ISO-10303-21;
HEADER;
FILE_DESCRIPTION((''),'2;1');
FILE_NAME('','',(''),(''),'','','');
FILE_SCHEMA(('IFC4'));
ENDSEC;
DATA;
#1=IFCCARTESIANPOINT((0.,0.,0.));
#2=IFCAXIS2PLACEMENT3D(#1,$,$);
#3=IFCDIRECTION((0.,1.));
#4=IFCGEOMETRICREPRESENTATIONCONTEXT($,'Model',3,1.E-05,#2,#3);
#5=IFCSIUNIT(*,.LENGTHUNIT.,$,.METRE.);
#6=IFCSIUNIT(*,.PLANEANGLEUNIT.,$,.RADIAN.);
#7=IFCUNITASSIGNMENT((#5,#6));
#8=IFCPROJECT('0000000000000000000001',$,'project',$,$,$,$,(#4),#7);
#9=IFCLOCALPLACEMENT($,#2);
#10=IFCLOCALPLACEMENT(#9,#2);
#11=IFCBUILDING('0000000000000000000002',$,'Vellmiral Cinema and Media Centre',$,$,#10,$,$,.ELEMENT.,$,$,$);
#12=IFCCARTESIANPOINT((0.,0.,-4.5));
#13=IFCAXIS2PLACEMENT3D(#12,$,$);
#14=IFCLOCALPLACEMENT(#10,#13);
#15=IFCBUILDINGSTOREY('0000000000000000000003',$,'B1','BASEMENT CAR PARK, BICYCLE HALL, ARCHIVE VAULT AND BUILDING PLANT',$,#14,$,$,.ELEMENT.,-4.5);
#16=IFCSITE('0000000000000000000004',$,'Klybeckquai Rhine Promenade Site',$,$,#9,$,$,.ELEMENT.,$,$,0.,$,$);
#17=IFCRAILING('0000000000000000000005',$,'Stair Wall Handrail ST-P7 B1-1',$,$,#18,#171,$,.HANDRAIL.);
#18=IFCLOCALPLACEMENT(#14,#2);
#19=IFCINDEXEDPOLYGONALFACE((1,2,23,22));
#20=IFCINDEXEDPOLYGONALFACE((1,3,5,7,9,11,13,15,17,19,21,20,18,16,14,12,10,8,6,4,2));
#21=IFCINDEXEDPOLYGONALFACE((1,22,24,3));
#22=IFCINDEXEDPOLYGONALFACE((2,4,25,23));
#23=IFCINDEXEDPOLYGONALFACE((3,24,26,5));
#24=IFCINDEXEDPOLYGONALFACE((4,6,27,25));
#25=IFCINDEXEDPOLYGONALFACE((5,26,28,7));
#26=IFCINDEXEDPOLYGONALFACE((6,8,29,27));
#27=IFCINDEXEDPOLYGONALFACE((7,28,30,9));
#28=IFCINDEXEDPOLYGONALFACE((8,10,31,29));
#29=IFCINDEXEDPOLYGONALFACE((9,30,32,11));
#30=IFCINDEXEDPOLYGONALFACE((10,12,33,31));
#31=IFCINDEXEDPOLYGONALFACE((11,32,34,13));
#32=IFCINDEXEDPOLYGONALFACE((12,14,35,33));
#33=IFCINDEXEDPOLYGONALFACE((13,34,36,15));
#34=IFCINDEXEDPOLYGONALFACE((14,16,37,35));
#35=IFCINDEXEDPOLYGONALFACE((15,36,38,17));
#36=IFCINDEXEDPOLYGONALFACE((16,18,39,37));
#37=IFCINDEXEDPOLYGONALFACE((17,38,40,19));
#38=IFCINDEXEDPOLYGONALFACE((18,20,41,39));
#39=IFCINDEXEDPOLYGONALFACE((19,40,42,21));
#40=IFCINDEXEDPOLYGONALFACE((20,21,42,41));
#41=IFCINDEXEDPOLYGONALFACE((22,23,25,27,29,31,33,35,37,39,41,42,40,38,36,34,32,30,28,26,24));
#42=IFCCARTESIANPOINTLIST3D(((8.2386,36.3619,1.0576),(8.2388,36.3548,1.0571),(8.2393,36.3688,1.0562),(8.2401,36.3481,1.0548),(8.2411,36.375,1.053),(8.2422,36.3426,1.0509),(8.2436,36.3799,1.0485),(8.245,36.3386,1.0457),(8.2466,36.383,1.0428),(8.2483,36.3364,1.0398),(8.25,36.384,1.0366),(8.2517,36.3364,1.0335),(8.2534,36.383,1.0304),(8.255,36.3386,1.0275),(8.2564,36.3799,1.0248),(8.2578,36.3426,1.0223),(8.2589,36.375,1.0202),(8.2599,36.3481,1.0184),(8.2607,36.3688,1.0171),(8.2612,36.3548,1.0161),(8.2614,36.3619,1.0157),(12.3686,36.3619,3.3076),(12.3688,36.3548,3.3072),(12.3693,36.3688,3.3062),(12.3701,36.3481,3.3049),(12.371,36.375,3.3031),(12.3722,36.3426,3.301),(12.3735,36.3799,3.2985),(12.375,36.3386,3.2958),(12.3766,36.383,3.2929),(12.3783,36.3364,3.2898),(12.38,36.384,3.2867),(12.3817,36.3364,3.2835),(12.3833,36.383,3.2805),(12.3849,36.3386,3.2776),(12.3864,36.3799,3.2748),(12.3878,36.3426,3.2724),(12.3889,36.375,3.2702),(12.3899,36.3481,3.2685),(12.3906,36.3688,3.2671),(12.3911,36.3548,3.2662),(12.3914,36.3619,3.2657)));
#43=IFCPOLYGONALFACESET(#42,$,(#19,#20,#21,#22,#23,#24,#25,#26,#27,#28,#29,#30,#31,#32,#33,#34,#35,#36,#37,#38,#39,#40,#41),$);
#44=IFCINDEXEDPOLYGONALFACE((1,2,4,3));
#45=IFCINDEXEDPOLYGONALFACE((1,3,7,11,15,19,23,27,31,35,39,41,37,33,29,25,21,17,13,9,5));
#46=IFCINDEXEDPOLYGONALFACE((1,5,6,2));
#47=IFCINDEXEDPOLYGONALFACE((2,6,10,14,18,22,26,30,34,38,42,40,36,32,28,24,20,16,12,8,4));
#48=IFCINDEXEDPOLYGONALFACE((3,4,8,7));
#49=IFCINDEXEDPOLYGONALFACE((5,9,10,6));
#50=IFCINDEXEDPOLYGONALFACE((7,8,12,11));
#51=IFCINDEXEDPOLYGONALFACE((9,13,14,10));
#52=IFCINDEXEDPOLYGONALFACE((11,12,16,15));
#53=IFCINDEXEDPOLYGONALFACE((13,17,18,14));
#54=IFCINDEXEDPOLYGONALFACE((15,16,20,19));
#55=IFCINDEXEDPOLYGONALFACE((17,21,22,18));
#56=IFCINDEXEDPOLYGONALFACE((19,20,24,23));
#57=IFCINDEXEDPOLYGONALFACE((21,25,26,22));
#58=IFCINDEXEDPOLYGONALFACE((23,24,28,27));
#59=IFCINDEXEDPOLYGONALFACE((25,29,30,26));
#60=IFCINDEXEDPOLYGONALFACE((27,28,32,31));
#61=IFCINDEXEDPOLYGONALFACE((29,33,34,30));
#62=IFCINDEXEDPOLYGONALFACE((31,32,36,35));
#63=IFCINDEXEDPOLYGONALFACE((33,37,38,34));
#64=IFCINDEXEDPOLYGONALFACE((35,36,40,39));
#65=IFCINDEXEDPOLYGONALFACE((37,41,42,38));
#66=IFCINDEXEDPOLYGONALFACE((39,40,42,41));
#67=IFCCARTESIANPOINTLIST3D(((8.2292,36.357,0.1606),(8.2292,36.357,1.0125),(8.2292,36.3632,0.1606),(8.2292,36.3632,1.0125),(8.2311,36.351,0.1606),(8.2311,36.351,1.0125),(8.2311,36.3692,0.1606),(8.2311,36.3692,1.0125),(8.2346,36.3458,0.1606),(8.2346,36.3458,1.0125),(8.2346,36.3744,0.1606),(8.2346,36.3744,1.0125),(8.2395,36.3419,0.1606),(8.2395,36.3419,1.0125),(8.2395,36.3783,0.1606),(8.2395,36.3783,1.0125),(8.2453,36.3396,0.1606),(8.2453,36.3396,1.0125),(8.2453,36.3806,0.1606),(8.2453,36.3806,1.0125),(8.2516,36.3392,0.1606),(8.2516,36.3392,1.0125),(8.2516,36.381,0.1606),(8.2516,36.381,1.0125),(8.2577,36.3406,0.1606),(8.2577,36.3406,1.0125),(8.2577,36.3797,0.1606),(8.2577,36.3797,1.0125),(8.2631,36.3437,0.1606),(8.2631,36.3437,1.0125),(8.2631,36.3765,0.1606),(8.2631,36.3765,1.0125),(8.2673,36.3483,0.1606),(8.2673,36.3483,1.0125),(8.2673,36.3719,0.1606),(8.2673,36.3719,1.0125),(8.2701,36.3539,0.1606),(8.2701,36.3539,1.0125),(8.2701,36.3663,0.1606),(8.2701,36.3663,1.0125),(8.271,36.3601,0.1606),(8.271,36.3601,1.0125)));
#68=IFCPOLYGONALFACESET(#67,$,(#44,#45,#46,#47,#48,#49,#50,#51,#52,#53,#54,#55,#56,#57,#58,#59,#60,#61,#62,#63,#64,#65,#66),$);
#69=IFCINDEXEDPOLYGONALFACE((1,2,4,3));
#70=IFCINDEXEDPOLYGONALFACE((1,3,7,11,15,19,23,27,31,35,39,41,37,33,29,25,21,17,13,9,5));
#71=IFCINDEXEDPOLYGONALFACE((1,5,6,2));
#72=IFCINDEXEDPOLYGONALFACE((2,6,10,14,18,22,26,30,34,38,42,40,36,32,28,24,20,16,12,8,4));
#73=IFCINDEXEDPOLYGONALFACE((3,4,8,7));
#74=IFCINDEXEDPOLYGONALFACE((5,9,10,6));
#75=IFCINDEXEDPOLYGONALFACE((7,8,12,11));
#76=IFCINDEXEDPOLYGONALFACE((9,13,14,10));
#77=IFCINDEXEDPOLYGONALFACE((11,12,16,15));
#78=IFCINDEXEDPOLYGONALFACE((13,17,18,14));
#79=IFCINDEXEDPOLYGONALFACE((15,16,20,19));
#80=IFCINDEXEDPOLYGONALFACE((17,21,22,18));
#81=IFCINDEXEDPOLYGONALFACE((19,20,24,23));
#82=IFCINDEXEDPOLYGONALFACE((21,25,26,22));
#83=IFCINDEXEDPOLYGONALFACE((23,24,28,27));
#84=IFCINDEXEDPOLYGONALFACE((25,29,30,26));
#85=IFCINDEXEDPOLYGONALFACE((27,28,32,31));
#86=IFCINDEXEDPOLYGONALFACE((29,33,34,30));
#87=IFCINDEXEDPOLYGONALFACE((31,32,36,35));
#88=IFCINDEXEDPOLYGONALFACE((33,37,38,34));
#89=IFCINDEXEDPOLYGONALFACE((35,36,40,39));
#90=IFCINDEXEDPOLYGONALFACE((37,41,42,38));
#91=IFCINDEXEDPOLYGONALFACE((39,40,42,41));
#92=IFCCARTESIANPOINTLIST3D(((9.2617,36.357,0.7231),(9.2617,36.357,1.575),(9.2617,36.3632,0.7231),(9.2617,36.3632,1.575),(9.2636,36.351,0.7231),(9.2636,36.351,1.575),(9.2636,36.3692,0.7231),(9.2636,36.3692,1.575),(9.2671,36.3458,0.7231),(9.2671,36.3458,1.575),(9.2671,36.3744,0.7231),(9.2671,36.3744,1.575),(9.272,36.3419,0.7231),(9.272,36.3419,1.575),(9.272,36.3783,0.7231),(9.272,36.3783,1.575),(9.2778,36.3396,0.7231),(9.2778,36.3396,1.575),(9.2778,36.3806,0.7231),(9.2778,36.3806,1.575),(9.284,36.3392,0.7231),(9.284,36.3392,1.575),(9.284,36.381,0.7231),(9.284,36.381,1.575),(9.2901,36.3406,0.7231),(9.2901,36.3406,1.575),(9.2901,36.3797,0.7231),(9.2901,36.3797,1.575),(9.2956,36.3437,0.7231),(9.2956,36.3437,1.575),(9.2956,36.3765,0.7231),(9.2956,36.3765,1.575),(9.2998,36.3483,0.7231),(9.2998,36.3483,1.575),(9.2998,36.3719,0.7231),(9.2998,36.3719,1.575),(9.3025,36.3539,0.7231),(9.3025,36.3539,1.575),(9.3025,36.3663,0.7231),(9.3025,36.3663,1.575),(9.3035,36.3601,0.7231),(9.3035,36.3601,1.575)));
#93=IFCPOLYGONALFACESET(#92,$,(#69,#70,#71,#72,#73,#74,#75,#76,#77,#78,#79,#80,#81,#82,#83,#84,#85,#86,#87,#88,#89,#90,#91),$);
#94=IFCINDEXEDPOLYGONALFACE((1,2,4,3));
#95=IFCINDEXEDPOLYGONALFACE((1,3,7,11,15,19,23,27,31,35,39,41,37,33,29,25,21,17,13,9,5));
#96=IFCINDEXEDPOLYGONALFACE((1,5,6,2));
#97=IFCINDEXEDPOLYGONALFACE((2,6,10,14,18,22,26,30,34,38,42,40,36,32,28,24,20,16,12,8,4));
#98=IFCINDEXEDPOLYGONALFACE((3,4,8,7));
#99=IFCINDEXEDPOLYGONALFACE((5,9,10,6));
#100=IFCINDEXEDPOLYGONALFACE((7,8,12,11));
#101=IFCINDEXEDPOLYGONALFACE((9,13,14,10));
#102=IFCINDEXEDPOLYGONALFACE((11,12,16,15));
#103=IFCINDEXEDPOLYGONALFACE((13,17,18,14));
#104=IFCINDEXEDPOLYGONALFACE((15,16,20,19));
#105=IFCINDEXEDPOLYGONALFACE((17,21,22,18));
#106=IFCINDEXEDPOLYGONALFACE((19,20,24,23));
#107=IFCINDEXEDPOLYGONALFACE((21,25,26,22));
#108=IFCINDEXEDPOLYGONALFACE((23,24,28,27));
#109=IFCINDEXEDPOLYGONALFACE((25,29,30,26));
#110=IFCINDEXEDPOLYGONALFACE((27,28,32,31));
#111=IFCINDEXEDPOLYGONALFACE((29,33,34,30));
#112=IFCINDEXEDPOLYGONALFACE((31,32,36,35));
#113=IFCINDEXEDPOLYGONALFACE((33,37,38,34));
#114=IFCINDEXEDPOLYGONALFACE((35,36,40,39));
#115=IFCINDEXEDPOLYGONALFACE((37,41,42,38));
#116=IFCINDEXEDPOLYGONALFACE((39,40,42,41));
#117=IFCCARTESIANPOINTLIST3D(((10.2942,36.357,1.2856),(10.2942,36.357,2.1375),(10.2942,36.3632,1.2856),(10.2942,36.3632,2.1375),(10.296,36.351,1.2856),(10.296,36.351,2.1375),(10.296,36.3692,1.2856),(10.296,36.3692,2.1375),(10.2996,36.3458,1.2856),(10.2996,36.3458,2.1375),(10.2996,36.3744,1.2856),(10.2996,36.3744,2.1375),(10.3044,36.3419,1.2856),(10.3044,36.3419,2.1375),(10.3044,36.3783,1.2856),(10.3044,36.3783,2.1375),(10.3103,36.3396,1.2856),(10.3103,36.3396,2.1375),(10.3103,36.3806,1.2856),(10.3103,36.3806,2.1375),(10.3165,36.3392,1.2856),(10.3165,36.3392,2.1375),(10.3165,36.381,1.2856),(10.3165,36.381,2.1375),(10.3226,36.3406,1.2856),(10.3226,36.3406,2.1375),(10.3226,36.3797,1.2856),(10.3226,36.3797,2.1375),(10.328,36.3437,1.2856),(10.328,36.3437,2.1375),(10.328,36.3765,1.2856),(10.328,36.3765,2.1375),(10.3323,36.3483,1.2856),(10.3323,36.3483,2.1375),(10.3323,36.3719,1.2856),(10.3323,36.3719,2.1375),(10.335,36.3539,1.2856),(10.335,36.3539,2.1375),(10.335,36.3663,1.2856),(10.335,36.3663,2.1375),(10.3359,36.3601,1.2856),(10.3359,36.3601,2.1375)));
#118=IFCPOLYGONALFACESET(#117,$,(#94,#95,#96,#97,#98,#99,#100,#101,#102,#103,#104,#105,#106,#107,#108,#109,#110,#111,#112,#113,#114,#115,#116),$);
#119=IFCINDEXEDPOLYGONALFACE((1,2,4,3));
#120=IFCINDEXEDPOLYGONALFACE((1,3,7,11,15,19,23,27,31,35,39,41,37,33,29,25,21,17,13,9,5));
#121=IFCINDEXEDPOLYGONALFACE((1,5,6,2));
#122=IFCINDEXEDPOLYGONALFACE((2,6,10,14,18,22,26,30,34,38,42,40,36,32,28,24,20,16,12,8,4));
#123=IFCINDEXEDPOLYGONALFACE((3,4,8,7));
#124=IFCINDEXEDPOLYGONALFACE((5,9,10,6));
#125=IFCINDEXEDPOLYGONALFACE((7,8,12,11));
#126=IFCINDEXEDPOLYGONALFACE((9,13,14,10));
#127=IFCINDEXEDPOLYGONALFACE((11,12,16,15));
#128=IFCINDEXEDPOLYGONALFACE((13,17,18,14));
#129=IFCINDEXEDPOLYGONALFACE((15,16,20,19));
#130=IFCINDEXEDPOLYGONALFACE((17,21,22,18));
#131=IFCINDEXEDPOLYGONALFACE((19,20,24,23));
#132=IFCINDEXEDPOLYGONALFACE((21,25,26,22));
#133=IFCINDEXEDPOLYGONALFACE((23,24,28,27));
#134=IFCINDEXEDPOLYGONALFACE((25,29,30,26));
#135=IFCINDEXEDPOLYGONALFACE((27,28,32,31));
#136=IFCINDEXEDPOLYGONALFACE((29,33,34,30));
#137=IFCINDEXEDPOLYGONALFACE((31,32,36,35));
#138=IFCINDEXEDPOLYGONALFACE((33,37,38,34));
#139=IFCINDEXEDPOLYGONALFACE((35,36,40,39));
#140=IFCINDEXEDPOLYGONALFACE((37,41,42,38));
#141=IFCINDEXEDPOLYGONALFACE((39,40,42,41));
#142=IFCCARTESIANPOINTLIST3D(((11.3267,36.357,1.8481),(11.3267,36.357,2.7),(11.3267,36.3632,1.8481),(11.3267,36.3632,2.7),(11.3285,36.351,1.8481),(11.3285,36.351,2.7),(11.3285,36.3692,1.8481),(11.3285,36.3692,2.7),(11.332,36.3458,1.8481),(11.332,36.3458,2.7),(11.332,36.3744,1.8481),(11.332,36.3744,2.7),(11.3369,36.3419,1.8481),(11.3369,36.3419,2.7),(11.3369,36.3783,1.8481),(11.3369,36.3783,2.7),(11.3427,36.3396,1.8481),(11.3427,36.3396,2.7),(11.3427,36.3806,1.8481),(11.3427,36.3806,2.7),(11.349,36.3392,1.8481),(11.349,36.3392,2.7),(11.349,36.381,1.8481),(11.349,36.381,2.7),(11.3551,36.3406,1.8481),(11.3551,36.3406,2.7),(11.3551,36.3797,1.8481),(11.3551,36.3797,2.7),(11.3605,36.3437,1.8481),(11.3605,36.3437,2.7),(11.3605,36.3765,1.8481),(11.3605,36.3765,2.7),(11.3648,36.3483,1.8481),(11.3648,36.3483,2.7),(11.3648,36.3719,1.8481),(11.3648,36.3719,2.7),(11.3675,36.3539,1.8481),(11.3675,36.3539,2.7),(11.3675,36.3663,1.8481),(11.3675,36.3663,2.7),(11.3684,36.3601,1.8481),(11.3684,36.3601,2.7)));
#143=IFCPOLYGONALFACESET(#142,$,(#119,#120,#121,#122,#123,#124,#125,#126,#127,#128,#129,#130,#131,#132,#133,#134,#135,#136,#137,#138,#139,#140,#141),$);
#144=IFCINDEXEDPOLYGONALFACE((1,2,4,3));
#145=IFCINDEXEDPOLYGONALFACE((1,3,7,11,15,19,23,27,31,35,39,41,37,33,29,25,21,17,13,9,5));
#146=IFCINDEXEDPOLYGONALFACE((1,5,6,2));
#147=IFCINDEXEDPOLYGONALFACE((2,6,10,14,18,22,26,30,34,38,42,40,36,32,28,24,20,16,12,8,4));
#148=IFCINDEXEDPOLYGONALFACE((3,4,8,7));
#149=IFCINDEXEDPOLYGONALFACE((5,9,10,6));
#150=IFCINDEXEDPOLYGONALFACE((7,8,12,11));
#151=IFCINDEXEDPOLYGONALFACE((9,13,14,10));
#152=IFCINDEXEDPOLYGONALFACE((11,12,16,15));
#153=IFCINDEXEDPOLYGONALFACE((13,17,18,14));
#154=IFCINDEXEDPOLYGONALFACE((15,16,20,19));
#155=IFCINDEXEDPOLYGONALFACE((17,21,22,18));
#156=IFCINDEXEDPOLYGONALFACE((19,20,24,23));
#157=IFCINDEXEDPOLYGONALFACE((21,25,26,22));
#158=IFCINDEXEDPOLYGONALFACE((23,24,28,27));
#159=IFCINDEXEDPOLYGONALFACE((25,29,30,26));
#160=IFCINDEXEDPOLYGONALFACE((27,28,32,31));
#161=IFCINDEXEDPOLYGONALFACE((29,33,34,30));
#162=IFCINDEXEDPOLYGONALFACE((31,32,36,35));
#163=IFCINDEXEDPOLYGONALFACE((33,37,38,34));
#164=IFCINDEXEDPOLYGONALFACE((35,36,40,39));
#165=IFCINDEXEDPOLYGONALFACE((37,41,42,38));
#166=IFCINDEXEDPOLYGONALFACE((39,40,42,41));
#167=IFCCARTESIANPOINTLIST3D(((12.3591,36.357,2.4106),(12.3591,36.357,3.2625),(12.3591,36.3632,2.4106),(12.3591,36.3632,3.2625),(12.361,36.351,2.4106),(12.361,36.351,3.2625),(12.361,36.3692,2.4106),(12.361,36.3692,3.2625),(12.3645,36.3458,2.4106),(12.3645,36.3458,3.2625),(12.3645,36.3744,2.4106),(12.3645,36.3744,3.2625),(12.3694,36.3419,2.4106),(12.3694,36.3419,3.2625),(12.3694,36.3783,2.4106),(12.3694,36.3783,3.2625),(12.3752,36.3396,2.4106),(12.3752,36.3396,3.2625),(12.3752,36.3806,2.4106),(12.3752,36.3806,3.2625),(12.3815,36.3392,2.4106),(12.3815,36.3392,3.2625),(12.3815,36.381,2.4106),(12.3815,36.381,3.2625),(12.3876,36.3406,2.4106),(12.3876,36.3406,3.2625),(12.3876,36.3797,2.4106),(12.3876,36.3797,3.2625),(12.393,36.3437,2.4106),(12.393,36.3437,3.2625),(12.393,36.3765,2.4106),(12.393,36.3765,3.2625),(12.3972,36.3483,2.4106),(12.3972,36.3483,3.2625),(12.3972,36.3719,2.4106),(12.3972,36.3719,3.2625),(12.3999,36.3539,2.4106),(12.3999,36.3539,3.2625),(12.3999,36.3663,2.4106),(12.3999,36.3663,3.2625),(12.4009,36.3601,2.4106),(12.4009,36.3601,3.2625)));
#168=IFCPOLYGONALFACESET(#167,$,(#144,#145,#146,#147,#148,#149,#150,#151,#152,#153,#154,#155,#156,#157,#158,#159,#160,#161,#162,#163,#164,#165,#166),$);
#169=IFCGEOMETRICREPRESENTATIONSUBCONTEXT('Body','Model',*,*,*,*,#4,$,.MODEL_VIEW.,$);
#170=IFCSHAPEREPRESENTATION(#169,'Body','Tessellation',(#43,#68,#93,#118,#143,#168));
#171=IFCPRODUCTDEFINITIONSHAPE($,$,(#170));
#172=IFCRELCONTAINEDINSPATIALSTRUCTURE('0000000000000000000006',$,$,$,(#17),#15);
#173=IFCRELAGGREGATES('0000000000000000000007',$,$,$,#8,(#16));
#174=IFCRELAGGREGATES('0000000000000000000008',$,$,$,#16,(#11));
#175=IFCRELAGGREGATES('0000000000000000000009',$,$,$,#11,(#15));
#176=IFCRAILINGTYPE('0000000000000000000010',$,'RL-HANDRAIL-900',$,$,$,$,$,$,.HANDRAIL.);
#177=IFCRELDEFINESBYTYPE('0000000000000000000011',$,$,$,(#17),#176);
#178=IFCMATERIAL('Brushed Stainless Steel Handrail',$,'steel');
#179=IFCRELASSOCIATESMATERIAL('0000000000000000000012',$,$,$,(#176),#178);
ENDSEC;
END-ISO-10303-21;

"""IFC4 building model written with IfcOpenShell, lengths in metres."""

from ifc_helpers import new_model, si_unit, direction, frame, origin, origin_2d, place, context, subcontext, project, spatial, circle, extrude, material, type_object, element, save


model = new_model("IFC4")

# Units and contexts
model_context = context("Model", 3, precision=1e-05, world=origin(), true_north=direction((0.0, 1.0)))
body_context = subcontext(model_context, "Body", "Model", "MODEL_VIEW")
ifc_project = project(units=[si_unit("LENGTHUNIT", "METRE"), si_unit("PLANEANGLEUNIT", "RADIAN")], contexts=[model_context])

# Site, building, storey
site_placement = place(None, origin())
site = spatial("IfcSite", under=ifc_project, at=site_placement, Name="Klybeckquai Rhine Promenade Site", CompositionType="ELEMENT", RefElevation=0.0)
building_placement = place(site_placement, origin())
building = spatial("IfcBuilding", under=site, at=building_placement, Name="Vellmiral Cinema and Media Centre", CompositionType="ELEMENT")
storey_placement = place(building_placement, frame((0.0, 0.0, -4.5)))
storey = spatial("IfcBuildingStorey", under=building, at=storey_placement, Name="B1", Description="BASEMENT CAR PARK, BICYCLE HALL, ARCHIVE VAULT AND BUILDING PLANT", CompositionType="ELEMENT", Elevation=-4.5)

# Railing
ifc_material_1 = material(Name="Brushed Stainless Steel Handrail", Category="steel")
railing_type_1 = type_object("IfcRailingType", Name="RL-HANDRAIL-900", PredefinedType="HANDRAIL", material=ifc_material_1)
railing_1_placement = place(storey_placement, frame((8.25, 36.3601, 0.1606)))
element("IfcRailing", 1, at=railing_1_placement, inside=storey, type_object=railing_type_1, Name="Stair Wall Handrail ST-P7 B1-1", PredefinedType="HANDRAIL", context=body_context, shape_type="SweptSolid", body=[
    extrude(circle(Radius=0.0239, at=origin_2d()), frame((0.0, 0.0, 0.876), z_axis=(0.878134, 0.0, 0.478416), x_axis=(0.0, 1.0, 0.0)), (0.0, 0.0, 1.0), 4.7031),
    extrude(circle(Radius=0.021, at=origin_2d()), origin(), (0.0, 0.0, 1.0), 0.8518),
    extrude(circle(Radius=0.021, at=origin_2d()), frame((1.0325, 0.0, 0.5625)), (0.0, 0.0, 1.0), 0.8518),
    extrude(circle(Radius=0.021, at=origin_2d()), frame((2.0649, 0.0, 1.125)), (0.0, 0.0, 1.0), 0.8518),
    extrude(circle(Radius=0.021, at=origin_2d()), frame((3.0974, 0.0, 1.6875)), (0.0, 0.0, 1.0), 0.8518),
    extrude(circle(Radius=0.021, at=origin_2d()), frame((4.1299, 0.0, 2.25)), (0.0, 0.0, 1.0), 0.8518),
])

save(model, "model.ifc")
